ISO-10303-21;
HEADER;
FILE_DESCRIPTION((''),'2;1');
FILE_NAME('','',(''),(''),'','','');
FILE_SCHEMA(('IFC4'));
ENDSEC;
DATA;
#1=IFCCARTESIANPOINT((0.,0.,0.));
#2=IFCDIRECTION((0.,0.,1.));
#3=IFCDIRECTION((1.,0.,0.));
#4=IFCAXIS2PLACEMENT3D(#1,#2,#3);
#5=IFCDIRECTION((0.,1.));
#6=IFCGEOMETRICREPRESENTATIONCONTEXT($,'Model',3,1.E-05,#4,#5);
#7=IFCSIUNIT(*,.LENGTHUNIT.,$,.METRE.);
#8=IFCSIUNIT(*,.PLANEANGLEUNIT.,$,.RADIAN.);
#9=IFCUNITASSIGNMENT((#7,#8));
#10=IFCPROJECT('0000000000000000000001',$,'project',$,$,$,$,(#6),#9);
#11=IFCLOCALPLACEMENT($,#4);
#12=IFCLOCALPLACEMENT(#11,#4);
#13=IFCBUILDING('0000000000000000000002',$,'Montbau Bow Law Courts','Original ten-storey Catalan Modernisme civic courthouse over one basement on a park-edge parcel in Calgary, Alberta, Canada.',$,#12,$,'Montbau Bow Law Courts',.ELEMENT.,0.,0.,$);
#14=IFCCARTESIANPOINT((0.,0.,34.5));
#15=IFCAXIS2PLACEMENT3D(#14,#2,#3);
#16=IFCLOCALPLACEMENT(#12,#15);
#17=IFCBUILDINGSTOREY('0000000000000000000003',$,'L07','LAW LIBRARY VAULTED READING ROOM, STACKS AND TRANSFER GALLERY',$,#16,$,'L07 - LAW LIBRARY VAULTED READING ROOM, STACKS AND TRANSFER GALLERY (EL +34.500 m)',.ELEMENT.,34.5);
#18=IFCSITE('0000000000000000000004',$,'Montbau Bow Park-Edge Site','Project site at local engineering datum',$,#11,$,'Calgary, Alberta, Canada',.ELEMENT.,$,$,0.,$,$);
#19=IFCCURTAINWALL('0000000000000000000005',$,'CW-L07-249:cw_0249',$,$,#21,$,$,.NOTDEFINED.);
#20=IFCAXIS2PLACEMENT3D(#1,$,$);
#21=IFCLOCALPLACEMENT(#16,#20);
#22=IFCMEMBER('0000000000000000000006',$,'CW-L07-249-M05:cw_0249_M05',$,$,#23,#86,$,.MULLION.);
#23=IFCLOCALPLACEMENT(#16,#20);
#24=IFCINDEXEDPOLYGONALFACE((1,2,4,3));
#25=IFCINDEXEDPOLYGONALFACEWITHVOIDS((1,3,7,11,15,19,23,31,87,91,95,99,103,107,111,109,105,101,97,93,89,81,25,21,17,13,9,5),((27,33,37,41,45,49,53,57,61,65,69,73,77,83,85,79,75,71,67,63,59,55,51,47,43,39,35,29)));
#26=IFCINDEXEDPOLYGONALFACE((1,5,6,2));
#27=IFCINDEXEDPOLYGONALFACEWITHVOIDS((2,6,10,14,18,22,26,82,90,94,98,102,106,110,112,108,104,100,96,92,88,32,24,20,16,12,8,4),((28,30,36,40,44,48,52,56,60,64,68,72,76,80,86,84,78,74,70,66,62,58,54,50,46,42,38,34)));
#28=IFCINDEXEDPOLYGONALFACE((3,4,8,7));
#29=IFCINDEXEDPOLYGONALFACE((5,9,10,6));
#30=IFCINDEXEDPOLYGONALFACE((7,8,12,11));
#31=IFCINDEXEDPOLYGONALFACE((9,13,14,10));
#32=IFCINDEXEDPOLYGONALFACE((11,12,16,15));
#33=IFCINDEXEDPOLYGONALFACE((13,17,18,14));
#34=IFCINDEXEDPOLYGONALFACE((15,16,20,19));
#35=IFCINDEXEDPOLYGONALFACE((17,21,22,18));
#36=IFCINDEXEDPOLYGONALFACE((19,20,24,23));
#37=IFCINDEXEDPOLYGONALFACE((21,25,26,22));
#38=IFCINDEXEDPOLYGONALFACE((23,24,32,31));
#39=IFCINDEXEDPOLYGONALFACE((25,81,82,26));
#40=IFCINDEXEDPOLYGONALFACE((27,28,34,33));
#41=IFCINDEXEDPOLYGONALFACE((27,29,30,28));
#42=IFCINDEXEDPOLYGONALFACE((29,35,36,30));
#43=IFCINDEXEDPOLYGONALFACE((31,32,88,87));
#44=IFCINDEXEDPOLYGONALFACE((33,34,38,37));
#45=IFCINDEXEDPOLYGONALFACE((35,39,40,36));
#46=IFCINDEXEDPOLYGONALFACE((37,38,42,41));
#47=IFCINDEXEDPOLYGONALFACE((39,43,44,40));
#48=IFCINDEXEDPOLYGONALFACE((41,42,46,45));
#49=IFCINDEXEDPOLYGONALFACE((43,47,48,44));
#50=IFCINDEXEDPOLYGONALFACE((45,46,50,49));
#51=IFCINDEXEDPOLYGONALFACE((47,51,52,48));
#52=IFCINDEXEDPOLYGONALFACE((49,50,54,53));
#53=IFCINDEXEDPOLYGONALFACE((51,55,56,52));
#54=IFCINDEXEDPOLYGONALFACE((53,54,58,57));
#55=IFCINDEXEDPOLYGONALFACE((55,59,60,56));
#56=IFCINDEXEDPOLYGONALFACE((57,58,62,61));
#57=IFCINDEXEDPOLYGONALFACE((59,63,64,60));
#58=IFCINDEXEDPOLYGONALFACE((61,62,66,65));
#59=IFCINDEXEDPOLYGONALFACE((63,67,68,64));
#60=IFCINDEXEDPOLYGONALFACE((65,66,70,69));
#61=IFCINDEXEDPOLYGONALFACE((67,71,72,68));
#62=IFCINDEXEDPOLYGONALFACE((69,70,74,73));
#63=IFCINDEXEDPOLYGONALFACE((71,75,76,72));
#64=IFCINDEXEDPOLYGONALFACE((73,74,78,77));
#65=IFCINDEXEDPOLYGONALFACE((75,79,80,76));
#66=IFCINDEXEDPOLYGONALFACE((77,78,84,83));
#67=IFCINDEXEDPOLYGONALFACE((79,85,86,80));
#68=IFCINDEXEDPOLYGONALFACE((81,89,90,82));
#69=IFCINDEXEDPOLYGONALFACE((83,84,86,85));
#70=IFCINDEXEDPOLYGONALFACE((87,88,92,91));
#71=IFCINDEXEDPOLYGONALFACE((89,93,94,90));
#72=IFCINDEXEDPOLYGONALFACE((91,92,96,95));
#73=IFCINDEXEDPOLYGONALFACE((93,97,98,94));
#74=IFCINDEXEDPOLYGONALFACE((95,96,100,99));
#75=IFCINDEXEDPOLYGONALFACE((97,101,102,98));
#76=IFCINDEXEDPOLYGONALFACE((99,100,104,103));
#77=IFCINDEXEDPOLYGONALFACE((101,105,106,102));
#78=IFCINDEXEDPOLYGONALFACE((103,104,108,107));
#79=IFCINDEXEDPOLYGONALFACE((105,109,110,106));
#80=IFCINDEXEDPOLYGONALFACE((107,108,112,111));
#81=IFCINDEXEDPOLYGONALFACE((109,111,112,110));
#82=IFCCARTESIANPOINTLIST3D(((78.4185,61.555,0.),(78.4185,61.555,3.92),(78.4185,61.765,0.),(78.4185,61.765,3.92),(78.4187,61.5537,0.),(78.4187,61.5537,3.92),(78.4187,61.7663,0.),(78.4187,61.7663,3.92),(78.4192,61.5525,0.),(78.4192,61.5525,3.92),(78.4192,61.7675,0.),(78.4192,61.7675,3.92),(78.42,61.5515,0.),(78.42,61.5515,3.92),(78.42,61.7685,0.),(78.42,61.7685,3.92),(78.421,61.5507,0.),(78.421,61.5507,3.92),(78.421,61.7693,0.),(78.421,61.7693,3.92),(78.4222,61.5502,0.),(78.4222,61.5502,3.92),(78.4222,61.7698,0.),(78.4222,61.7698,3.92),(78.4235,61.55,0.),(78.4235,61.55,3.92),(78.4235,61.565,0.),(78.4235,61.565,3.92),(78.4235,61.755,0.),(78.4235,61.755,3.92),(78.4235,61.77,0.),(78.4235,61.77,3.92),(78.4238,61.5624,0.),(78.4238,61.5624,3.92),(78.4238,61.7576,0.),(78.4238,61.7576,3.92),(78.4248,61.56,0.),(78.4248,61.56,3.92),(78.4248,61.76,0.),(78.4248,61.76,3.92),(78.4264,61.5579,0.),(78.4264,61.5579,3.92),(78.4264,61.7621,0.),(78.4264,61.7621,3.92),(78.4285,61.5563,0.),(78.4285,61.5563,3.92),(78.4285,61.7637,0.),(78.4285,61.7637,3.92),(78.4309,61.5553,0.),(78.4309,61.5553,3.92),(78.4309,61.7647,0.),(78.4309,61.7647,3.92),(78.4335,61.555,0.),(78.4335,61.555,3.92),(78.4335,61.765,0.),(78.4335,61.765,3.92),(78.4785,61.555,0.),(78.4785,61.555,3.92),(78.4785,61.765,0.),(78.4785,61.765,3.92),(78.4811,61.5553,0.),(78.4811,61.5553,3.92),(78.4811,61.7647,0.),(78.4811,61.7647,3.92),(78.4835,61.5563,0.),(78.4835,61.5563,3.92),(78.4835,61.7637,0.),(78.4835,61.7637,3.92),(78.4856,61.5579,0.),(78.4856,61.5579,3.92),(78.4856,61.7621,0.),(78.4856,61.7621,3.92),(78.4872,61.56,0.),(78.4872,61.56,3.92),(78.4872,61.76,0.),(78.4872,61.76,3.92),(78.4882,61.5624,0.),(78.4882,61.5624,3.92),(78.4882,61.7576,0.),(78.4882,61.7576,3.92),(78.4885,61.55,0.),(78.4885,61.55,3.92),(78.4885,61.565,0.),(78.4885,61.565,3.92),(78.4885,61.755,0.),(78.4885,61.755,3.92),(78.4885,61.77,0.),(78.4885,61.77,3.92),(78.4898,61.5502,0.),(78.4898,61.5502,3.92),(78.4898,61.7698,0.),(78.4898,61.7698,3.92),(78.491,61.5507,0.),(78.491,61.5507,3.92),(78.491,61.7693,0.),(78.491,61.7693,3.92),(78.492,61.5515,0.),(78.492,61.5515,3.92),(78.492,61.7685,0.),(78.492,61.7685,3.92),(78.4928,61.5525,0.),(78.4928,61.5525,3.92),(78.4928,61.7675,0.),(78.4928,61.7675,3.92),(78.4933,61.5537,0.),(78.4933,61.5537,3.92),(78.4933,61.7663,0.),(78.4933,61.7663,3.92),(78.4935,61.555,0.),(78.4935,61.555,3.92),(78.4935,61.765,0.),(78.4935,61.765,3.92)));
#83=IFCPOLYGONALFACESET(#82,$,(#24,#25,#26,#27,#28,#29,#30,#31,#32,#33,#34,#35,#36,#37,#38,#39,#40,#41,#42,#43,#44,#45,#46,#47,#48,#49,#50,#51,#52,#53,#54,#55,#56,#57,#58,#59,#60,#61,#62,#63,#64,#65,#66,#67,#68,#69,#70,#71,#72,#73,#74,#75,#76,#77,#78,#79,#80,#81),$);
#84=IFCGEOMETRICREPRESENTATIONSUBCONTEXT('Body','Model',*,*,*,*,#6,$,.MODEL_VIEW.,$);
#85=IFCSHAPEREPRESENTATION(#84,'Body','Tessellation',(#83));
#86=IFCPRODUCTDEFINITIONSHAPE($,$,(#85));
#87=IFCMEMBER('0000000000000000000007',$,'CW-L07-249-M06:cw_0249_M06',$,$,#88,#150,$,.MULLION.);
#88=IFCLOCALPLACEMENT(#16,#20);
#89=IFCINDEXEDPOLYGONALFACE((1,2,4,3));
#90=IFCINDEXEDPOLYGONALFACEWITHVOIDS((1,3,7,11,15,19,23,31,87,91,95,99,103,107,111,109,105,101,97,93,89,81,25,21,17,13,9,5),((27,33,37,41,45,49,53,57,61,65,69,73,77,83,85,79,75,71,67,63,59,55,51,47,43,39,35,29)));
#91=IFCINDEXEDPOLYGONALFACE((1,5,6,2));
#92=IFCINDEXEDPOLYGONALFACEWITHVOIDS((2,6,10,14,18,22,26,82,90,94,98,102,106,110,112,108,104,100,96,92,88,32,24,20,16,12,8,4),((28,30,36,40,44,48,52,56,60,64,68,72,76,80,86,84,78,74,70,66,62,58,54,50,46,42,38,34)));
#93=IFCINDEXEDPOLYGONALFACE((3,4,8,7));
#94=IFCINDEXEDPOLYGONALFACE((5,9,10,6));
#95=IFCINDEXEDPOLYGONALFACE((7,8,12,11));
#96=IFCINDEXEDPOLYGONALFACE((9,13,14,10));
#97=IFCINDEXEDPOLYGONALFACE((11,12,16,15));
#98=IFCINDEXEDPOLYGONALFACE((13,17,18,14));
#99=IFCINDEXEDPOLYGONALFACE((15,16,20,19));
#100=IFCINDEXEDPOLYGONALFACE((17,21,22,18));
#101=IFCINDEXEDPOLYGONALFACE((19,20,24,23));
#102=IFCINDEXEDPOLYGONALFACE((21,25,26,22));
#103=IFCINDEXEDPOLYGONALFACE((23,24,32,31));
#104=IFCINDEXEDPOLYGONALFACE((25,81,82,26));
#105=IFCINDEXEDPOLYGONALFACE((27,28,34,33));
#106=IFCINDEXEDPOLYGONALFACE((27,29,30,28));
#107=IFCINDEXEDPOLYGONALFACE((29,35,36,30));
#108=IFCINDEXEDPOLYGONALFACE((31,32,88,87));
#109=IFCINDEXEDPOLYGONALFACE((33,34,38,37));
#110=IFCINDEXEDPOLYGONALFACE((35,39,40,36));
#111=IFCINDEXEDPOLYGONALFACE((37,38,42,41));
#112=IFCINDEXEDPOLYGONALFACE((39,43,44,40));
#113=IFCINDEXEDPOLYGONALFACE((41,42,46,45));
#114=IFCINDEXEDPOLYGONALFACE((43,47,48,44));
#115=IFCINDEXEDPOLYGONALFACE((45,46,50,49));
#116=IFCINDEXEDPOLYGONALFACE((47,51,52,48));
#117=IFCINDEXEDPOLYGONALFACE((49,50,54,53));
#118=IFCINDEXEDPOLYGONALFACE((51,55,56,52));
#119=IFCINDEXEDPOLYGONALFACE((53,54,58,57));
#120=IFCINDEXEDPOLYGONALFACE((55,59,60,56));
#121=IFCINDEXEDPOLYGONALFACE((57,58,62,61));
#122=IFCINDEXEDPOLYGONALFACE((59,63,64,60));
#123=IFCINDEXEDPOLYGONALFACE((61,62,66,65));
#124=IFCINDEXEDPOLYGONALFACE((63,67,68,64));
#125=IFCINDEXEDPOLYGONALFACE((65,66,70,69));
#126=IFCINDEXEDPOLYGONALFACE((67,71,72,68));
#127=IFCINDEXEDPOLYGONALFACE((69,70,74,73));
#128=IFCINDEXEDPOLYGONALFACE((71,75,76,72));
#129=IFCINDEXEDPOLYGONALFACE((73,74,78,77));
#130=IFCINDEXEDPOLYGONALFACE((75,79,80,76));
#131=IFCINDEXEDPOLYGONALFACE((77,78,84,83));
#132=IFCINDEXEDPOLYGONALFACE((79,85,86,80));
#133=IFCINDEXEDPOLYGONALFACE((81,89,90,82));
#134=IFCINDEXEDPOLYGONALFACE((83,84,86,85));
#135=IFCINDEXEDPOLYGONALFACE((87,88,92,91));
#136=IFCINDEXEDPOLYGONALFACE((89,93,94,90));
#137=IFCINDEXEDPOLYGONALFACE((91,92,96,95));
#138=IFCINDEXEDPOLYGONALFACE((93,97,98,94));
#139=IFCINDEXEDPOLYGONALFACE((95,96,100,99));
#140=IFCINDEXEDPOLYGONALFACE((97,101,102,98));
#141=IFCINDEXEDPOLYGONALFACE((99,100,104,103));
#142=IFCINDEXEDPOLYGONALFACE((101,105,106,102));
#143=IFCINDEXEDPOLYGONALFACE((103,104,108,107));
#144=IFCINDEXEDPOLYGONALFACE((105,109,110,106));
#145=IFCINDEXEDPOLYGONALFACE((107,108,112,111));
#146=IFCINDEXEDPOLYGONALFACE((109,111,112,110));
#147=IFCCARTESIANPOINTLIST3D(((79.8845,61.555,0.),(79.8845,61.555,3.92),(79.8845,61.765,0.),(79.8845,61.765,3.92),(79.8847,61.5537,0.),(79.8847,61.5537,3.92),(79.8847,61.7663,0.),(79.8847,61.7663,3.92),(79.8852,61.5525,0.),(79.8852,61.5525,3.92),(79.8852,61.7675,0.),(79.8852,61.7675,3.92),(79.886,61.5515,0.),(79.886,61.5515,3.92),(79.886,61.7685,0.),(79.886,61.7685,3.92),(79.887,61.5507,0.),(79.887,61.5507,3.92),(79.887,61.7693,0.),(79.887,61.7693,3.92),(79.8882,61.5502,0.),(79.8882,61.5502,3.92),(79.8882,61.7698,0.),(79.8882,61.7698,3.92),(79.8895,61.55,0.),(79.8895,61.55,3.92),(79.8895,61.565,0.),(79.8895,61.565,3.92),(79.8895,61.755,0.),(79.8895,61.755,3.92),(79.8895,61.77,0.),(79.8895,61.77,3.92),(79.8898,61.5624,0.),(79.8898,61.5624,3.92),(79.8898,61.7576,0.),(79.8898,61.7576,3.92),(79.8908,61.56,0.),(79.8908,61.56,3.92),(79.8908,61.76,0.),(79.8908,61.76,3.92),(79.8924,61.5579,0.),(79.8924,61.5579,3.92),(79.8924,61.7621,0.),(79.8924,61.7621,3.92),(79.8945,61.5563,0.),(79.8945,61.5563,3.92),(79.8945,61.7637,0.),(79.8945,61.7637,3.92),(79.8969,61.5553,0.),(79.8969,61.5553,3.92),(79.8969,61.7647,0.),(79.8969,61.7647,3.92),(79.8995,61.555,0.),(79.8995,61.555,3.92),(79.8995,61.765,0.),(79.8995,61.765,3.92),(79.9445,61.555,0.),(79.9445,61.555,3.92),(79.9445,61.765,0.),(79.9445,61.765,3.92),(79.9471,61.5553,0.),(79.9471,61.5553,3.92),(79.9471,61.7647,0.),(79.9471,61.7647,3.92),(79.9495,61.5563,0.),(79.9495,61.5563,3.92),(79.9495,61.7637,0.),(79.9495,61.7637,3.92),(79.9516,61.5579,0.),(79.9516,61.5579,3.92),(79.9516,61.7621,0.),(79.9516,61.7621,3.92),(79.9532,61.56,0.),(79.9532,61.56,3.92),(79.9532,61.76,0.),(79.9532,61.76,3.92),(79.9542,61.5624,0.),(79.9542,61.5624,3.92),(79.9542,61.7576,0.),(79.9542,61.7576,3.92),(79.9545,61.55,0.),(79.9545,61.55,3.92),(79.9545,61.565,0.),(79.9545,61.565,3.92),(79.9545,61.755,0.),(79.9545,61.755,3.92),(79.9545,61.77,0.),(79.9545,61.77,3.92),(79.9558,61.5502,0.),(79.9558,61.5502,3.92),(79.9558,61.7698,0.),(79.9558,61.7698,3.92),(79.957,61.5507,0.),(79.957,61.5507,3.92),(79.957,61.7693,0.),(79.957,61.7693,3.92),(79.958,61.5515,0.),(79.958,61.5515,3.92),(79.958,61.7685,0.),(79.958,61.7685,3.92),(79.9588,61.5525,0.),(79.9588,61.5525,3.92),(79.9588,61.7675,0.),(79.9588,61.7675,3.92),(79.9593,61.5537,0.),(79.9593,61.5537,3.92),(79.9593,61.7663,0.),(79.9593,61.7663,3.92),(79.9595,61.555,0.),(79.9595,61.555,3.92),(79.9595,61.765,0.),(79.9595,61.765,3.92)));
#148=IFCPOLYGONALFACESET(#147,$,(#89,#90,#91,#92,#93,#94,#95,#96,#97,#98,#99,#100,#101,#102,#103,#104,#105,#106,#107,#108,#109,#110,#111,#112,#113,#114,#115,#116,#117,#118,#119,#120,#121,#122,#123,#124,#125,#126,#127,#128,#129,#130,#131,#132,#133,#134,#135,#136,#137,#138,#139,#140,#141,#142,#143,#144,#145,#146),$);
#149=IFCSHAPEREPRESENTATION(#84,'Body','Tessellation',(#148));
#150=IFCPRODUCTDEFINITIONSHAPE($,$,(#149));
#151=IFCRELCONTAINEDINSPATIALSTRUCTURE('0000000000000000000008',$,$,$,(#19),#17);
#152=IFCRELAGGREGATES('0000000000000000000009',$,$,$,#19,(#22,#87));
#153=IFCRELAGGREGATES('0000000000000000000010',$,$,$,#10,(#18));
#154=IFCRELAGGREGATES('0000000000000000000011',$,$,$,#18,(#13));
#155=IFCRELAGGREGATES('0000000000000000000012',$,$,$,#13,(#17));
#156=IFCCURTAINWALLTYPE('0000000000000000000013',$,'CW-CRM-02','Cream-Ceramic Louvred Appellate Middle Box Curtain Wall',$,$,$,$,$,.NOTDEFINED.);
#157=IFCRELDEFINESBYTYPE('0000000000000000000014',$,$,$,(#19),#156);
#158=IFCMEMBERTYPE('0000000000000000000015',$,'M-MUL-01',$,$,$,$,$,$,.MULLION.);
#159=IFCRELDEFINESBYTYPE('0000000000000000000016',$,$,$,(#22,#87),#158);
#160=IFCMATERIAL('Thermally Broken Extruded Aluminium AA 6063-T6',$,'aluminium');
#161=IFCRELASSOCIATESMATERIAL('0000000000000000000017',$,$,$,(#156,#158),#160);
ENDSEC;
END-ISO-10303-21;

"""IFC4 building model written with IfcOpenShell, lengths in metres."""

from ifc_helpers import new_model, si_unit, direction, frame, origin_with_axes, origin_2d_with_axis, place, context, subcontext, project, spatial, hollow_rectangle, extrude, material, material_profile, profile_set, type_object, element, aggregate, save


model = new_model("IFC4")

# Units and contexts
model_context = context("Model", 3, precision=1e-05, world=origin_with_axes(), true_north=direction((0.0, 1.0)))
body_context = subcontext(model_context, "Body", "Model", "MODEL_VIEW")
ifc_project = project(units=[si_unit("LENGTHUNIT", "METRE"), si_unit("PLANEANGLEUNIT", "RADIAN")], contexts=[model_context])

# Site, building, storey
site_placement = place(None, origin_with_axes())
site = spatial("IfcSite", under=ifc_project, at=site_placement, Name="Montbau Bow Park-Edge Site", Description="Project site at local engineering datum", LongName="Calgary, Alberta, Canada", CompositionType="ELEMENT", RefElevation=0.0)
building_placement = place(site_placement, origin_with_axes())
building = spatial("IfcBuilding", under=site, at=building_placement, Name="Montbau Bow Law Courts", Description="Original ten-storey Catalan Modernisme civic courthouse over one basement on a park-edge parcel in Calgary, Alberta, Canada.", LongName="Montbau Bow Law Courts", CompositionType="ELEMENT", ElevationOfRefHeight=0.0, ElevationOfTerrain=0.0)
storey_placement = place(building_placement, frame((0.0, 0.0, 34.5), z_axis=(0.0, 0.0, 1.0), x_axis=(1.0, 0.0, 0.0)))
storey = spatial("IfcBuildingStorey", under=building, at=storey_placement, Name="L07", Description="LAW LIBRARY VAULTED READING ROOM, STACKS AND TRANSFER GALLERY", LongName="L07 - LAW LIBRARY VAULTED READING ROOM, STACKS AND TRANSFER GALLERY (EL +34.500 m)", CompositionType="ELEMENT", Elevation=34.5)

# Curtain wall, members
ifc_material_1 = material(Name="Thermally Broken Extruded Aluminium AA 6063-T6", Category="aluminium")
curtain_wall_type = type_object("IfcCurtainWallType", Name="CW-CRM-02", Description="Cream-Ceramic Louvred Appellate Middle Box Curtain Wall", PredefinedType="NOTDEFINED", material=ifc_material_1)
curtain_wall_1_placement = place(None, frame((72.44, 61.66, 34.5), z_axis=(0.0, 0.0, 1.0), x_axis=(1.0, 0.0, 0.0)))
curtain_wall_1 = element("IfcCurtainWall", 1, at=curtain_wall_1_placement, inside=storey, type_object=curtain_wall_type, Name="CW-L07-249:cw_0249", PredefinedType="NOTDEFINED")
ifc_material_profile_1 = material_profile(ifc_material_1, hollow_rectangle(XDim=0.075, YDim=0.22, WallThickness=0.005, InnerFilletRadius=0.01, OuterFilletRadius=0.005, at=origin_2d_with_axis()), Name="CWM-220X75", Category="Main", Priority=0)
ifc_profile_set_1 = profile_set([ifc_material_profile_1], Name="Thermally Broken Extruded Aluminium AA 6063-T6")
member_type_1 = type_object("IfcMemberType", Name="M-MUL-01", PredefinedType="MULLION", material=ifc_profile_set_1)
member_1_placement = place(None, frame((78.456, 61.66, 34.5), z_axis=(0.0, 0.0, 1.0), x_axis=(1.0, 0.0, 0.0)))
member_1 = element("IfcMember", 2, at=member_1_placement, type_object=member_type_1, Name="CW-L07-249-M05:cw_0249_M05", PredefinedType="MULLION", context=body_context, shape_type="SweptSolid", body=[
    extrude(hollow_rectangle(XDim=0.075, YDim=0.22, WallThickness=0.005, InnerFilletRadius=0.01, OuterFilletRadius=0.005, at=origin_2d_with_axis()), origin_with_axes(), (0.0, 0.0, 1.0), 3.92),
])
member_2_placement = place(None, frame((79.922, 61.66, 34.5), z_axis=(0.0, 0.0, 1.0), x_axis=(1.0, 0.0, 0.0)))
member_2 = element("IfcMember", 3, at=member_2_placement, type_object=member_type_1, Name="CW-L07-249-M06:cw_0249_M06", PredefinedType="MULLION", context=body_context, shape_type="SweptSolid", body=[
    extrude(hollow_rectangle(XDim=0.075, YDim=0.22, WallThickness=0.005, InnerFilletRadius=0.01, OuterFilletRadius=0.005, at=origin_2d_with_axis()), origin_with_axes(), (0.0, 0.0, 1.0), 3.92),
])

aggregate(curtain_wall_1, [member_1, member_2])

save(model, "model.ifc")
